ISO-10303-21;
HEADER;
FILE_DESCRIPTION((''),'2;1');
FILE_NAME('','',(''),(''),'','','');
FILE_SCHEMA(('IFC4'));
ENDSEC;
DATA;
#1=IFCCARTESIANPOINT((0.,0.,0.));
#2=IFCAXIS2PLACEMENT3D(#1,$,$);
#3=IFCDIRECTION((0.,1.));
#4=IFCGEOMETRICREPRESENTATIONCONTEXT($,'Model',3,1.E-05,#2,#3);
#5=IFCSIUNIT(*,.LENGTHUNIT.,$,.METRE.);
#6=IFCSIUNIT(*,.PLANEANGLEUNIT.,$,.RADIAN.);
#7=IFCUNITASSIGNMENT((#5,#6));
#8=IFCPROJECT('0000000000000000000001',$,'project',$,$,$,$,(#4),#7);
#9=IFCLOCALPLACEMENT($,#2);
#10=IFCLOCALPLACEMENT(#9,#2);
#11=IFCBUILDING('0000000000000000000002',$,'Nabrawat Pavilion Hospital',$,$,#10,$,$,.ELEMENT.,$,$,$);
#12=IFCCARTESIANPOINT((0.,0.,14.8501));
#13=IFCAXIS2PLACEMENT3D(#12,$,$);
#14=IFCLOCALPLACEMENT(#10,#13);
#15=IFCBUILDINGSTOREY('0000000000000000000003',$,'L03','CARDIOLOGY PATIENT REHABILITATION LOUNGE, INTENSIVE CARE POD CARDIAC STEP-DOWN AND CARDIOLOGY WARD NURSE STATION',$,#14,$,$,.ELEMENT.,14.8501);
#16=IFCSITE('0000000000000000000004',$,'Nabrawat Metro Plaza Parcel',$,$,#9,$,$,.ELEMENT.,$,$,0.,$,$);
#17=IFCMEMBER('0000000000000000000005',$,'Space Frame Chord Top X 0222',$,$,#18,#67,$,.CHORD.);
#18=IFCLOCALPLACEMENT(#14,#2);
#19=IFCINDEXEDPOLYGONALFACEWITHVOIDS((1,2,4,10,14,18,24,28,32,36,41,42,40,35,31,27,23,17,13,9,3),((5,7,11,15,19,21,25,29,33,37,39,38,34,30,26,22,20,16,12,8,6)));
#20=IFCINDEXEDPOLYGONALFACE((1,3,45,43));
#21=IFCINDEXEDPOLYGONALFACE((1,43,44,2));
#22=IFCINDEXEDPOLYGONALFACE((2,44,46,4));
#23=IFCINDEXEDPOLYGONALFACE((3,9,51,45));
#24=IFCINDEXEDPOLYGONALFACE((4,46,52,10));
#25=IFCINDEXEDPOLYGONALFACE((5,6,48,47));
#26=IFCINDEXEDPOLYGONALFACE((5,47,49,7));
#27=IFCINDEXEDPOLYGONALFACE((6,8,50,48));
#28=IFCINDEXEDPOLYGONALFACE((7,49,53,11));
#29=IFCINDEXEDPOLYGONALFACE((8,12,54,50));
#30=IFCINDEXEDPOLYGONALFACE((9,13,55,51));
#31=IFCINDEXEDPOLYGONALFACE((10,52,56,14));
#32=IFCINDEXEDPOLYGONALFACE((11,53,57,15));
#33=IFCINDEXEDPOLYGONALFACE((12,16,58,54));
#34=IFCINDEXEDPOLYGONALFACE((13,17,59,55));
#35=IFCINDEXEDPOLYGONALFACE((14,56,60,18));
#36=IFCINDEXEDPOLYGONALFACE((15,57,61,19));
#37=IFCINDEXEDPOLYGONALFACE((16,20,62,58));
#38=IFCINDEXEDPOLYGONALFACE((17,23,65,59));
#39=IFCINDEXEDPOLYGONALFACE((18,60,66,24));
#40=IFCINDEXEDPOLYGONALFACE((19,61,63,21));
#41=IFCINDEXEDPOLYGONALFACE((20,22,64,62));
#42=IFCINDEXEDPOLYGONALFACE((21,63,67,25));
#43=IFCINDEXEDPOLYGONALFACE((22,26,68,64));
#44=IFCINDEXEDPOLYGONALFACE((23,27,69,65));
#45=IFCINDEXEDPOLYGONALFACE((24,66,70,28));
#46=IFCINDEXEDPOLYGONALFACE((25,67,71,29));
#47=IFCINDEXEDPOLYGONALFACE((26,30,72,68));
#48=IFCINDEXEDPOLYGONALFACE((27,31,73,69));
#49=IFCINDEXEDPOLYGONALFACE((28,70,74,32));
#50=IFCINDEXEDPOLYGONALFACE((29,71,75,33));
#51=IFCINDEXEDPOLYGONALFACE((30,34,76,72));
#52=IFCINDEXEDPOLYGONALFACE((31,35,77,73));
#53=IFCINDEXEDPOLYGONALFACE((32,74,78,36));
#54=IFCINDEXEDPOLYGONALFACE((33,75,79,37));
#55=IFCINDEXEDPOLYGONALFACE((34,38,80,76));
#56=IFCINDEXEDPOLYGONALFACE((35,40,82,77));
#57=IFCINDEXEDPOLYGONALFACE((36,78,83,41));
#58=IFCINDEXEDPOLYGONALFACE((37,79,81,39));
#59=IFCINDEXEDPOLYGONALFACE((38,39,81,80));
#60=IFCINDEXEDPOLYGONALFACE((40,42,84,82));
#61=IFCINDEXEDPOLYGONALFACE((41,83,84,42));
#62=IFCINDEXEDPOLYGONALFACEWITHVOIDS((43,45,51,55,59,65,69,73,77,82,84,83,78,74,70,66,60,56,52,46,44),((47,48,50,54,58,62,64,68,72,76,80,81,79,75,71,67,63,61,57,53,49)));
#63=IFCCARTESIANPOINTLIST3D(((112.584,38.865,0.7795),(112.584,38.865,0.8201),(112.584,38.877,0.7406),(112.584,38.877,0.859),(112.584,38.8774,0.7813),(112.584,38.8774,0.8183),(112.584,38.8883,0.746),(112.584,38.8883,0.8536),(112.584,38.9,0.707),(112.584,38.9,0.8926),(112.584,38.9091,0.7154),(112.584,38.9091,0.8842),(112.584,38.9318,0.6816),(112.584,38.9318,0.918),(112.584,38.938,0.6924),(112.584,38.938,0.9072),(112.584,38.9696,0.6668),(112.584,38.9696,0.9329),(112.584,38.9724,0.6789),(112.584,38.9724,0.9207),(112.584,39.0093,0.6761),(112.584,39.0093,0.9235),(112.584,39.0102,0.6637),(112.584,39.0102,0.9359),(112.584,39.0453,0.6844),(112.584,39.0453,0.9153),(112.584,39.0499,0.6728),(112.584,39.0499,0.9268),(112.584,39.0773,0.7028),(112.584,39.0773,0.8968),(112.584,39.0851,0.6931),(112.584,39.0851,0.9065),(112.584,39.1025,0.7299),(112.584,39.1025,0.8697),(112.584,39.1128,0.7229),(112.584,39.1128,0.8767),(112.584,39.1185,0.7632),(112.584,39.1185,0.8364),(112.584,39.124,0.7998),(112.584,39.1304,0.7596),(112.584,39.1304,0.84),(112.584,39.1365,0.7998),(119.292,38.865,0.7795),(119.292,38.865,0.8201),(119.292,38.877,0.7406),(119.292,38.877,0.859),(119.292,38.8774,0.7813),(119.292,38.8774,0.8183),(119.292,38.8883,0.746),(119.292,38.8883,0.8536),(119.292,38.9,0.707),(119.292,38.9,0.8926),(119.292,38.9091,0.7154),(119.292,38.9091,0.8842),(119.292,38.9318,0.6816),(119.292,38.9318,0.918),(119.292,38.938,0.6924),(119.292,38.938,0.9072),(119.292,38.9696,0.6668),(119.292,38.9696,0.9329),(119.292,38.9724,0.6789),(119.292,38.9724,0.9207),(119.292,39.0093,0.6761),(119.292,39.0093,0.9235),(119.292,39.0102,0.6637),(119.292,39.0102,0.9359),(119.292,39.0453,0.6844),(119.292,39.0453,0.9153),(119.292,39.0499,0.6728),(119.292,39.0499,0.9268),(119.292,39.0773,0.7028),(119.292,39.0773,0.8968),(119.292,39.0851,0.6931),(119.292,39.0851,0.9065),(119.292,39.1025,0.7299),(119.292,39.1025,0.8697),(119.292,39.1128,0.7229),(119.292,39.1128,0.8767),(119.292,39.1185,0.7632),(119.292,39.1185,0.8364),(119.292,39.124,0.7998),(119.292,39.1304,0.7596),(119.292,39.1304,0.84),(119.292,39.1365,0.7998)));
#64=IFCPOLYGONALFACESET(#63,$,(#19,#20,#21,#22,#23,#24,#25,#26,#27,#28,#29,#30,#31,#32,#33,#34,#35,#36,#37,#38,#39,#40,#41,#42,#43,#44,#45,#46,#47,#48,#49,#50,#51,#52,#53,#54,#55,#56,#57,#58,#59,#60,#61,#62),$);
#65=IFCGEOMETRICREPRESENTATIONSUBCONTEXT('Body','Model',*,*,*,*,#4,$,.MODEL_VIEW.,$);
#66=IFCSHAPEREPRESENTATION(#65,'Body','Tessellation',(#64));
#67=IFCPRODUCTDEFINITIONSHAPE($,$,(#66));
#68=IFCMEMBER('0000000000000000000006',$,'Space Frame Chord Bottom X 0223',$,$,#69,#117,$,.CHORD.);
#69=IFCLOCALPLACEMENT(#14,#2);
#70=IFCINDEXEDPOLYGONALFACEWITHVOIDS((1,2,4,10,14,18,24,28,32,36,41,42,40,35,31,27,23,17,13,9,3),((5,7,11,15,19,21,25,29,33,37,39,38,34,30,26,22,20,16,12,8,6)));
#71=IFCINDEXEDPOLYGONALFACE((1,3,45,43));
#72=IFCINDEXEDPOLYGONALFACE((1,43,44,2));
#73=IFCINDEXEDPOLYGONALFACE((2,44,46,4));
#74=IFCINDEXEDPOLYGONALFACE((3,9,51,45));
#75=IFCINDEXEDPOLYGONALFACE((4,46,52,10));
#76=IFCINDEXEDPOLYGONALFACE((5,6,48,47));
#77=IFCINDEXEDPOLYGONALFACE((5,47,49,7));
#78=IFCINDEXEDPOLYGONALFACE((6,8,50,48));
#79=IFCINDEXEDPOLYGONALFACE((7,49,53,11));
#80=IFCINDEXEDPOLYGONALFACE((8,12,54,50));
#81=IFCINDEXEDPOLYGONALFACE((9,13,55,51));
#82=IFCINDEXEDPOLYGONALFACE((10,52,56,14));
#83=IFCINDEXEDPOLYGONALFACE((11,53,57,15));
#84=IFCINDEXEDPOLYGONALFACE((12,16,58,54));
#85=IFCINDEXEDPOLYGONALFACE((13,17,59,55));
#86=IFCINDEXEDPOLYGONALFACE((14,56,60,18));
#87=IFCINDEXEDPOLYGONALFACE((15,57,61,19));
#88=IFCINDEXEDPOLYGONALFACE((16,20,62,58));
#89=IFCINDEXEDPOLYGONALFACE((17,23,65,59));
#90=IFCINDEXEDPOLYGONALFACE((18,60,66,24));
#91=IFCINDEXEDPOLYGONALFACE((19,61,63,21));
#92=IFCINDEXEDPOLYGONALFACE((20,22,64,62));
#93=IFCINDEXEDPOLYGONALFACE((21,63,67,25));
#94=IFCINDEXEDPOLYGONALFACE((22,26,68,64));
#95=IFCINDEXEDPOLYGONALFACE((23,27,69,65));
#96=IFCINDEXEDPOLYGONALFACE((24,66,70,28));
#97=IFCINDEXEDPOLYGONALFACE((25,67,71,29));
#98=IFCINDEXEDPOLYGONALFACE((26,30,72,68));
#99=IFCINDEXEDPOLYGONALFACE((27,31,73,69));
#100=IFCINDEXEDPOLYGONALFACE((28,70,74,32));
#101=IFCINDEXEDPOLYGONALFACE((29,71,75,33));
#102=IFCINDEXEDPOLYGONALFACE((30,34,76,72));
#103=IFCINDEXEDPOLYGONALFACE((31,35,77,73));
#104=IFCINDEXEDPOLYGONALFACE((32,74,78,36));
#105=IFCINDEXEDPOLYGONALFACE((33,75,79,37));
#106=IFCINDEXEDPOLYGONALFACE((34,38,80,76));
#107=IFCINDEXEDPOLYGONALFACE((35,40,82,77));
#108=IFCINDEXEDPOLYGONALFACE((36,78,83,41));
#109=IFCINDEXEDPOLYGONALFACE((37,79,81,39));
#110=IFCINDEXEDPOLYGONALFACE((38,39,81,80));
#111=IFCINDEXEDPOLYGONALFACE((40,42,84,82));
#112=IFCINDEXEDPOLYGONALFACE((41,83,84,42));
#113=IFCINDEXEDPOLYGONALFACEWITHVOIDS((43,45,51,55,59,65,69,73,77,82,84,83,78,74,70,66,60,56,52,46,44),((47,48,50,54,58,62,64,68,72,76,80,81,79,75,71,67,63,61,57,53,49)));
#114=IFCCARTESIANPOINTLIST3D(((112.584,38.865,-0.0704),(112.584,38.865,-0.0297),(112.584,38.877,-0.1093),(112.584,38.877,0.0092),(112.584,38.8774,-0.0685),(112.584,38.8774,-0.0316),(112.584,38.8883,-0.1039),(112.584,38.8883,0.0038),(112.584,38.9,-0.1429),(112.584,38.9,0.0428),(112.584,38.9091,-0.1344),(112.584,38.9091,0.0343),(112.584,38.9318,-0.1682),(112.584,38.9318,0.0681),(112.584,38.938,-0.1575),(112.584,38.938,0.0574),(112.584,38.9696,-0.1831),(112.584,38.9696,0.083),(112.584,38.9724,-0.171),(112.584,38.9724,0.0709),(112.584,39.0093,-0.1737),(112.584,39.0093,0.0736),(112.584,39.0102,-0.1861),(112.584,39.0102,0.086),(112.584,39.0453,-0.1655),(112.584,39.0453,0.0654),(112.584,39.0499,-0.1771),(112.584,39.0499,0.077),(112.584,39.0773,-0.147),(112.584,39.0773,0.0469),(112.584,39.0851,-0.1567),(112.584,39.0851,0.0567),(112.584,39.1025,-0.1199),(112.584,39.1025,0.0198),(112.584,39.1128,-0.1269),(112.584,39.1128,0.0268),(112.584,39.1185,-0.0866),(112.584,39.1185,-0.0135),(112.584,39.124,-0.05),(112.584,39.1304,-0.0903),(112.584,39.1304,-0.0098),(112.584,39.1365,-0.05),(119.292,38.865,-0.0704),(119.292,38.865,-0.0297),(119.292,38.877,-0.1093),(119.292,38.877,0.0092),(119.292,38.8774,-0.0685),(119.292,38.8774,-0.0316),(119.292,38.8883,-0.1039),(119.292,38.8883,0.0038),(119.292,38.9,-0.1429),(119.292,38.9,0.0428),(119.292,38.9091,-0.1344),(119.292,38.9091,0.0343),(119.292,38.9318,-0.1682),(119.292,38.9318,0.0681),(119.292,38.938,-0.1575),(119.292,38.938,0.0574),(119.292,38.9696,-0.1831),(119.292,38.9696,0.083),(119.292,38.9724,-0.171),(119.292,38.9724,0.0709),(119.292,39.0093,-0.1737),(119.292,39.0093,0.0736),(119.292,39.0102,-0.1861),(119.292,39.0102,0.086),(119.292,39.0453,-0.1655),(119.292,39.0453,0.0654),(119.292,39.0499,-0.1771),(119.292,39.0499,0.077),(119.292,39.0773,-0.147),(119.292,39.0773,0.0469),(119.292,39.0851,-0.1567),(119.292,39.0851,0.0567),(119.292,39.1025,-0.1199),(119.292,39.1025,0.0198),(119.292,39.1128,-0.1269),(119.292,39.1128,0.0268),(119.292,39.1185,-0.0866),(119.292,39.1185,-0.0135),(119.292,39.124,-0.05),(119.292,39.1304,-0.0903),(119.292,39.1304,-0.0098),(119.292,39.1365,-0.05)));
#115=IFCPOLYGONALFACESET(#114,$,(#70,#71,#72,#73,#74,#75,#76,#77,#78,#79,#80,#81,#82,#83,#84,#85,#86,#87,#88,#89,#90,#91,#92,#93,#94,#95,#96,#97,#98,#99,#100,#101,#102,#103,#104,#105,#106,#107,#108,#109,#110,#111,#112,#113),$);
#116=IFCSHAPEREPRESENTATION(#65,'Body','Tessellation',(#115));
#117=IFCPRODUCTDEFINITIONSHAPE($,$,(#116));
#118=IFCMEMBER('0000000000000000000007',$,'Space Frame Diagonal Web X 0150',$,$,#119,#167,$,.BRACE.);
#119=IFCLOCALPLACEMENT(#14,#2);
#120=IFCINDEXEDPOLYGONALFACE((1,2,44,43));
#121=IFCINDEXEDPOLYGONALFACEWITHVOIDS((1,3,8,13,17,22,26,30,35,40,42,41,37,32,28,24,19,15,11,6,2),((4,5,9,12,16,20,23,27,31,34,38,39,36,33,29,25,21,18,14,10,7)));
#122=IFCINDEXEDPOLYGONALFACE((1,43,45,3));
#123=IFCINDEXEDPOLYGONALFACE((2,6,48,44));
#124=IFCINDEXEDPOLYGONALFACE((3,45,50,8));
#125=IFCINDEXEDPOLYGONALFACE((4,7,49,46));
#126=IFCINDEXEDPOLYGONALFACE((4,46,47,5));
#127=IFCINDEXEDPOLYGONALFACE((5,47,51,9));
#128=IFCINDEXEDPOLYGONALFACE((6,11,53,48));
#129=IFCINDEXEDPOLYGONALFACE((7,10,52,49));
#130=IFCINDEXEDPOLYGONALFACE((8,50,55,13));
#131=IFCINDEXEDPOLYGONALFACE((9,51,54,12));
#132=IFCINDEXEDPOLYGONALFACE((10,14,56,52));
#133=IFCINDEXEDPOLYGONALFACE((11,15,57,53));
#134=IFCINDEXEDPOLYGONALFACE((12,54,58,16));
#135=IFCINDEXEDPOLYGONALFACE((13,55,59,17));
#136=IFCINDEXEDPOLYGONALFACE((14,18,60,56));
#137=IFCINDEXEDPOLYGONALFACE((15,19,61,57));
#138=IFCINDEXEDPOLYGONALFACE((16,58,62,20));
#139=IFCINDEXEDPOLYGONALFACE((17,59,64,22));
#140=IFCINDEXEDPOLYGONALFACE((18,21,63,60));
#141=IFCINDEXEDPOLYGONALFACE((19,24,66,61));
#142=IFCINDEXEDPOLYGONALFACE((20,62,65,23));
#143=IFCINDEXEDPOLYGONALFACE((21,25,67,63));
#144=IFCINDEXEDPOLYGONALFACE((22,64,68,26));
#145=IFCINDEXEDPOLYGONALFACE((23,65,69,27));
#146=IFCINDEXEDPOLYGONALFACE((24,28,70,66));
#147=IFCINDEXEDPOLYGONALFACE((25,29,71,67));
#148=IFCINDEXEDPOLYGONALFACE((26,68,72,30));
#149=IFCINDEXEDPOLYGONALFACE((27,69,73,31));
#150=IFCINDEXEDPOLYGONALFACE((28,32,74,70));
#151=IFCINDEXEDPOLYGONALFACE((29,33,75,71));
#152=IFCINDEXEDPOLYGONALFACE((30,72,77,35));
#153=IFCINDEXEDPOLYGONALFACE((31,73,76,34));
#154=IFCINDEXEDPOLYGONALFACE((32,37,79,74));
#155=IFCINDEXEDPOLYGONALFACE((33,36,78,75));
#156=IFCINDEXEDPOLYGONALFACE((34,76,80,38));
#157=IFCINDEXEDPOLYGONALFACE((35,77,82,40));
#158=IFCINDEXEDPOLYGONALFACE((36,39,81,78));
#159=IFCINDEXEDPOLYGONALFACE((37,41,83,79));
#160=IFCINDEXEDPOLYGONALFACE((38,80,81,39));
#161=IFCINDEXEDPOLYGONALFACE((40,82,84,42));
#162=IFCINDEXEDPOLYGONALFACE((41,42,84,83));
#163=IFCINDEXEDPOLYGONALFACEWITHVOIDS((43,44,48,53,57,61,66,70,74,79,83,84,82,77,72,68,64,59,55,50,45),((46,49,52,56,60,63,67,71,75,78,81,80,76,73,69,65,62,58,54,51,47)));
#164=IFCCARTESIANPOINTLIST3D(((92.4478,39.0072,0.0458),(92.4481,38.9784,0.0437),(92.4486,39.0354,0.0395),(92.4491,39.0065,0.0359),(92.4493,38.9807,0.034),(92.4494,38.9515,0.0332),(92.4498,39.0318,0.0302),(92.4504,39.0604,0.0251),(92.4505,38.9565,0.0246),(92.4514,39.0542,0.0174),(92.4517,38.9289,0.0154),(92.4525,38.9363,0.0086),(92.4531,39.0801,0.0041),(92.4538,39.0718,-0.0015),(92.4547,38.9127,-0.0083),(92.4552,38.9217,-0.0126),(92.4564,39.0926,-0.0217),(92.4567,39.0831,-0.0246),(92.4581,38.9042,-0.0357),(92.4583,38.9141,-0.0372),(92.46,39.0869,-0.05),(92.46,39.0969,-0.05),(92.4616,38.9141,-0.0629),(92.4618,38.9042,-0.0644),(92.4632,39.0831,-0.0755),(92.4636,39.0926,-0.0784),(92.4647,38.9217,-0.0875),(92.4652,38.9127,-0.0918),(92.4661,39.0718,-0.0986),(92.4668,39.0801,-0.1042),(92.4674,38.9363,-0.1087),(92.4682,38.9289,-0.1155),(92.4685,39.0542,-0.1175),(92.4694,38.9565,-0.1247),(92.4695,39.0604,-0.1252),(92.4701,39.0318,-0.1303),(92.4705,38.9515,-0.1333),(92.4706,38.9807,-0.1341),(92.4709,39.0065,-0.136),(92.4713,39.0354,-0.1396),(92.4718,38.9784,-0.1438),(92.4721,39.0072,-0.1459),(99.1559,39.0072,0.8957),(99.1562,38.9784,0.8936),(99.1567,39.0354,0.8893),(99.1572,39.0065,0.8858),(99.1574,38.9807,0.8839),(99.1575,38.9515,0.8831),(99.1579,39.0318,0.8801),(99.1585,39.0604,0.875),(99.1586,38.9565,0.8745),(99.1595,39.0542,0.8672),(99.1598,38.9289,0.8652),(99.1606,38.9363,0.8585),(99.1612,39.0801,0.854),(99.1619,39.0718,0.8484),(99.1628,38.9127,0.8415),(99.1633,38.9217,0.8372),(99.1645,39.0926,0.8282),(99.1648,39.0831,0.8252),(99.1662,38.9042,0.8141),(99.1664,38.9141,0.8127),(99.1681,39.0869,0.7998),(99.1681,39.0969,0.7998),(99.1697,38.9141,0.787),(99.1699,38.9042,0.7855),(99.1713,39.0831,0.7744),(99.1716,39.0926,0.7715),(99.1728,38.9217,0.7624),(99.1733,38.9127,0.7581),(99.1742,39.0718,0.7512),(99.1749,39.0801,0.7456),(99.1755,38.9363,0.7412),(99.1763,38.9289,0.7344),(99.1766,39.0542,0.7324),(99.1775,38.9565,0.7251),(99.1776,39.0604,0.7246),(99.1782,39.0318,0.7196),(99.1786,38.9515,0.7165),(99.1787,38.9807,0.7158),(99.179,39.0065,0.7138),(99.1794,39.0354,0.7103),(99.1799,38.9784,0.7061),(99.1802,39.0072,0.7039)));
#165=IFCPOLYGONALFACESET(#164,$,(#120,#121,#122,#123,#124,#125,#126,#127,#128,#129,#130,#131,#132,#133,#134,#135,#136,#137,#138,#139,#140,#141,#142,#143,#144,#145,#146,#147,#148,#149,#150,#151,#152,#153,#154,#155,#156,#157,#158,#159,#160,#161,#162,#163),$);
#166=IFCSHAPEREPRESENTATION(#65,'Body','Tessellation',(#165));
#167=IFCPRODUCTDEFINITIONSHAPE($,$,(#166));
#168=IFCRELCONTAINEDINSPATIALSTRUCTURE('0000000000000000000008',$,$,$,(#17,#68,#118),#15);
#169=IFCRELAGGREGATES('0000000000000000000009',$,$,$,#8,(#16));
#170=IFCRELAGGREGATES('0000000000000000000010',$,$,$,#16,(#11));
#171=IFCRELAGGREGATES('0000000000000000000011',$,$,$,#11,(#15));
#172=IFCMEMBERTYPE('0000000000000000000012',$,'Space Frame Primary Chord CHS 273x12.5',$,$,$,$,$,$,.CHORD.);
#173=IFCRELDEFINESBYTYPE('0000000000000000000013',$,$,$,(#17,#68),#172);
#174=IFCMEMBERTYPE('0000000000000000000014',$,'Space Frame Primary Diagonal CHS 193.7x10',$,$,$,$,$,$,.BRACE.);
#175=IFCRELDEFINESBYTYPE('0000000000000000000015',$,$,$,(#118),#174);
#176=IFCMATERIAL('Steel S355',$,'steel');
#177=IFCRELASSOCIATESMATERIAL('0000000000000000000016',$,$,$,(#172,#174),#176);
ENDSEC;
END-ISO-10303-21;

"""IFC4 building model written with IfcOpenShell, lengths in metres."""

from ifc_helpers import new_model, si_unit, direction, frame, origin, origin_2d, place, context, subcontext, project, spatial, hollow_circle, extrude, material, material_profile, profile_set, type_object, element, save


model = new_model("IFC4")

# Units and contexts
model_context = context("Model", 3, precision=1e-05, world=origin(), true_north=direction((0.0, 1.0)))
body_context = subcontext(model_context, "Body", "Model", "MODEL_VIEW")
ifc_project = project(units=[si_unit("LENGTHUNIT", "METRE"), si_unit("PLANEANGLEUNIT", "RADIAN")], contexts=[model_context])

# Site, building, storey
site_placement = place(None, origin())
site = spatial("IfcSite", under=ifc_project, at=site_placement, Name="Nabrawat Metro Plaza Parcel", CompositionType="ELEMENT", RefElevation=0.0)
building_placement = place(site_placement, origin())
building = spatial("IfcBuilding", under=site, at=building_placement, Name="Nabrawat Pavilion Hospital", CompositionType="ELEMENT")
storey_placement = place(building_placement, frame((0.0, 0.0, 14.8501)))
storey = spatial("IfcBuildingStorey", under=building, at=storey_placement, Name="L03", Description="CARDIOLOGY PATIENT REHABILITATION LOUNGE, INTENSIVE CARE POD CARDIAC STEP-DOWN AND CARDIOLOGY WARD NURSE STATION", CompositionType="ELEMENT", Elevation=14.8501)

# Shared definitions
ifc_material = material(Name="Steel S355", Category="steel")

# Members
ifc_material_profile_1 = material_profile(ifc_material, hollow_circle(Radius=0.1365, WallThickness=0.0125, at=origin_2d()), Name="CHS 273x12.5")
ifc_profile_set_1 = profile_set([ifc_material_profile_1], Name="Steel S355")
member_type_1 = type_object("IfcMemberType", Name="Space Frame Primary Chord CHS 273x12.5", PredefinedType="CHORD", material=ifc_profile_set_1)
for number, where, z_axis, x_axis, name in (
    (1, (112.584, 39.0, 0.7998), (1.0, 0.0, 0.0), (0.0, 1.0, 0.0), "Space Frame Chord Top X 0222"),
    (2, (112.584, 39.0, -0.05), (1.0, 0.0, 0.0), (0.0, 1.0, 0.0), "Space Frame Chord Bottom X 0223"),
):
    element("IfcMember", number, at=place(storey_placement, frame(where, z_axis=z_axis, x_axis=x_axis)), inside=storey, type_object=member_type_1, Name=name, PredefinedType="CHORD", context=body_context, shape_type="SweptSolid", body=[
        extrude(hollow_circle(Radius=0.1365, WallThickness=0.0125, at=origin_2d()), origin(), (0.0, 0.0, 1.0), 6.708),
    ])
ifc_material_profile_2 = material_profile(ifc_material, hollow_circle(Radius=0.0969, WallThickness=0.01, at=origin_2d()), Name="CHS 193.7x10")
ifc_profile_set_2 = profile_set([ifc_material_profile_2], Name="Steel S355")
member_type_2 = type_object("IfcMemberType", Name="Space Frame Primary Diagonal CHS 193.7x10", PredefinedType="BRACE", material=ifc_profile_set_2)
for number, where, z_axis, x_axis, name in (
    (3, (92.46, 39.0, -0.05), (0.99207, 0.0, 0.125688), (0.0, 1.0, 0.0), "Space Frame Diagonal Web X 0150"),
):
    element("IfcMember", number, at=place(storey_placement, frame(where, z_axis=z_axis, x_axis=x_axis)), inside=storey, type_object=member_type_2, Name=name, PredefinedType="BRACE", context=body_context, shape_type="SweptSolid", body=[
        extrude(hollow_circle(Radius=0.0969, WallThickness=0.01, at=origin_2d()), origin(), (0.0, 0.0, 1.0), 6.7617),
    ])

save(model, "model.ifc")
